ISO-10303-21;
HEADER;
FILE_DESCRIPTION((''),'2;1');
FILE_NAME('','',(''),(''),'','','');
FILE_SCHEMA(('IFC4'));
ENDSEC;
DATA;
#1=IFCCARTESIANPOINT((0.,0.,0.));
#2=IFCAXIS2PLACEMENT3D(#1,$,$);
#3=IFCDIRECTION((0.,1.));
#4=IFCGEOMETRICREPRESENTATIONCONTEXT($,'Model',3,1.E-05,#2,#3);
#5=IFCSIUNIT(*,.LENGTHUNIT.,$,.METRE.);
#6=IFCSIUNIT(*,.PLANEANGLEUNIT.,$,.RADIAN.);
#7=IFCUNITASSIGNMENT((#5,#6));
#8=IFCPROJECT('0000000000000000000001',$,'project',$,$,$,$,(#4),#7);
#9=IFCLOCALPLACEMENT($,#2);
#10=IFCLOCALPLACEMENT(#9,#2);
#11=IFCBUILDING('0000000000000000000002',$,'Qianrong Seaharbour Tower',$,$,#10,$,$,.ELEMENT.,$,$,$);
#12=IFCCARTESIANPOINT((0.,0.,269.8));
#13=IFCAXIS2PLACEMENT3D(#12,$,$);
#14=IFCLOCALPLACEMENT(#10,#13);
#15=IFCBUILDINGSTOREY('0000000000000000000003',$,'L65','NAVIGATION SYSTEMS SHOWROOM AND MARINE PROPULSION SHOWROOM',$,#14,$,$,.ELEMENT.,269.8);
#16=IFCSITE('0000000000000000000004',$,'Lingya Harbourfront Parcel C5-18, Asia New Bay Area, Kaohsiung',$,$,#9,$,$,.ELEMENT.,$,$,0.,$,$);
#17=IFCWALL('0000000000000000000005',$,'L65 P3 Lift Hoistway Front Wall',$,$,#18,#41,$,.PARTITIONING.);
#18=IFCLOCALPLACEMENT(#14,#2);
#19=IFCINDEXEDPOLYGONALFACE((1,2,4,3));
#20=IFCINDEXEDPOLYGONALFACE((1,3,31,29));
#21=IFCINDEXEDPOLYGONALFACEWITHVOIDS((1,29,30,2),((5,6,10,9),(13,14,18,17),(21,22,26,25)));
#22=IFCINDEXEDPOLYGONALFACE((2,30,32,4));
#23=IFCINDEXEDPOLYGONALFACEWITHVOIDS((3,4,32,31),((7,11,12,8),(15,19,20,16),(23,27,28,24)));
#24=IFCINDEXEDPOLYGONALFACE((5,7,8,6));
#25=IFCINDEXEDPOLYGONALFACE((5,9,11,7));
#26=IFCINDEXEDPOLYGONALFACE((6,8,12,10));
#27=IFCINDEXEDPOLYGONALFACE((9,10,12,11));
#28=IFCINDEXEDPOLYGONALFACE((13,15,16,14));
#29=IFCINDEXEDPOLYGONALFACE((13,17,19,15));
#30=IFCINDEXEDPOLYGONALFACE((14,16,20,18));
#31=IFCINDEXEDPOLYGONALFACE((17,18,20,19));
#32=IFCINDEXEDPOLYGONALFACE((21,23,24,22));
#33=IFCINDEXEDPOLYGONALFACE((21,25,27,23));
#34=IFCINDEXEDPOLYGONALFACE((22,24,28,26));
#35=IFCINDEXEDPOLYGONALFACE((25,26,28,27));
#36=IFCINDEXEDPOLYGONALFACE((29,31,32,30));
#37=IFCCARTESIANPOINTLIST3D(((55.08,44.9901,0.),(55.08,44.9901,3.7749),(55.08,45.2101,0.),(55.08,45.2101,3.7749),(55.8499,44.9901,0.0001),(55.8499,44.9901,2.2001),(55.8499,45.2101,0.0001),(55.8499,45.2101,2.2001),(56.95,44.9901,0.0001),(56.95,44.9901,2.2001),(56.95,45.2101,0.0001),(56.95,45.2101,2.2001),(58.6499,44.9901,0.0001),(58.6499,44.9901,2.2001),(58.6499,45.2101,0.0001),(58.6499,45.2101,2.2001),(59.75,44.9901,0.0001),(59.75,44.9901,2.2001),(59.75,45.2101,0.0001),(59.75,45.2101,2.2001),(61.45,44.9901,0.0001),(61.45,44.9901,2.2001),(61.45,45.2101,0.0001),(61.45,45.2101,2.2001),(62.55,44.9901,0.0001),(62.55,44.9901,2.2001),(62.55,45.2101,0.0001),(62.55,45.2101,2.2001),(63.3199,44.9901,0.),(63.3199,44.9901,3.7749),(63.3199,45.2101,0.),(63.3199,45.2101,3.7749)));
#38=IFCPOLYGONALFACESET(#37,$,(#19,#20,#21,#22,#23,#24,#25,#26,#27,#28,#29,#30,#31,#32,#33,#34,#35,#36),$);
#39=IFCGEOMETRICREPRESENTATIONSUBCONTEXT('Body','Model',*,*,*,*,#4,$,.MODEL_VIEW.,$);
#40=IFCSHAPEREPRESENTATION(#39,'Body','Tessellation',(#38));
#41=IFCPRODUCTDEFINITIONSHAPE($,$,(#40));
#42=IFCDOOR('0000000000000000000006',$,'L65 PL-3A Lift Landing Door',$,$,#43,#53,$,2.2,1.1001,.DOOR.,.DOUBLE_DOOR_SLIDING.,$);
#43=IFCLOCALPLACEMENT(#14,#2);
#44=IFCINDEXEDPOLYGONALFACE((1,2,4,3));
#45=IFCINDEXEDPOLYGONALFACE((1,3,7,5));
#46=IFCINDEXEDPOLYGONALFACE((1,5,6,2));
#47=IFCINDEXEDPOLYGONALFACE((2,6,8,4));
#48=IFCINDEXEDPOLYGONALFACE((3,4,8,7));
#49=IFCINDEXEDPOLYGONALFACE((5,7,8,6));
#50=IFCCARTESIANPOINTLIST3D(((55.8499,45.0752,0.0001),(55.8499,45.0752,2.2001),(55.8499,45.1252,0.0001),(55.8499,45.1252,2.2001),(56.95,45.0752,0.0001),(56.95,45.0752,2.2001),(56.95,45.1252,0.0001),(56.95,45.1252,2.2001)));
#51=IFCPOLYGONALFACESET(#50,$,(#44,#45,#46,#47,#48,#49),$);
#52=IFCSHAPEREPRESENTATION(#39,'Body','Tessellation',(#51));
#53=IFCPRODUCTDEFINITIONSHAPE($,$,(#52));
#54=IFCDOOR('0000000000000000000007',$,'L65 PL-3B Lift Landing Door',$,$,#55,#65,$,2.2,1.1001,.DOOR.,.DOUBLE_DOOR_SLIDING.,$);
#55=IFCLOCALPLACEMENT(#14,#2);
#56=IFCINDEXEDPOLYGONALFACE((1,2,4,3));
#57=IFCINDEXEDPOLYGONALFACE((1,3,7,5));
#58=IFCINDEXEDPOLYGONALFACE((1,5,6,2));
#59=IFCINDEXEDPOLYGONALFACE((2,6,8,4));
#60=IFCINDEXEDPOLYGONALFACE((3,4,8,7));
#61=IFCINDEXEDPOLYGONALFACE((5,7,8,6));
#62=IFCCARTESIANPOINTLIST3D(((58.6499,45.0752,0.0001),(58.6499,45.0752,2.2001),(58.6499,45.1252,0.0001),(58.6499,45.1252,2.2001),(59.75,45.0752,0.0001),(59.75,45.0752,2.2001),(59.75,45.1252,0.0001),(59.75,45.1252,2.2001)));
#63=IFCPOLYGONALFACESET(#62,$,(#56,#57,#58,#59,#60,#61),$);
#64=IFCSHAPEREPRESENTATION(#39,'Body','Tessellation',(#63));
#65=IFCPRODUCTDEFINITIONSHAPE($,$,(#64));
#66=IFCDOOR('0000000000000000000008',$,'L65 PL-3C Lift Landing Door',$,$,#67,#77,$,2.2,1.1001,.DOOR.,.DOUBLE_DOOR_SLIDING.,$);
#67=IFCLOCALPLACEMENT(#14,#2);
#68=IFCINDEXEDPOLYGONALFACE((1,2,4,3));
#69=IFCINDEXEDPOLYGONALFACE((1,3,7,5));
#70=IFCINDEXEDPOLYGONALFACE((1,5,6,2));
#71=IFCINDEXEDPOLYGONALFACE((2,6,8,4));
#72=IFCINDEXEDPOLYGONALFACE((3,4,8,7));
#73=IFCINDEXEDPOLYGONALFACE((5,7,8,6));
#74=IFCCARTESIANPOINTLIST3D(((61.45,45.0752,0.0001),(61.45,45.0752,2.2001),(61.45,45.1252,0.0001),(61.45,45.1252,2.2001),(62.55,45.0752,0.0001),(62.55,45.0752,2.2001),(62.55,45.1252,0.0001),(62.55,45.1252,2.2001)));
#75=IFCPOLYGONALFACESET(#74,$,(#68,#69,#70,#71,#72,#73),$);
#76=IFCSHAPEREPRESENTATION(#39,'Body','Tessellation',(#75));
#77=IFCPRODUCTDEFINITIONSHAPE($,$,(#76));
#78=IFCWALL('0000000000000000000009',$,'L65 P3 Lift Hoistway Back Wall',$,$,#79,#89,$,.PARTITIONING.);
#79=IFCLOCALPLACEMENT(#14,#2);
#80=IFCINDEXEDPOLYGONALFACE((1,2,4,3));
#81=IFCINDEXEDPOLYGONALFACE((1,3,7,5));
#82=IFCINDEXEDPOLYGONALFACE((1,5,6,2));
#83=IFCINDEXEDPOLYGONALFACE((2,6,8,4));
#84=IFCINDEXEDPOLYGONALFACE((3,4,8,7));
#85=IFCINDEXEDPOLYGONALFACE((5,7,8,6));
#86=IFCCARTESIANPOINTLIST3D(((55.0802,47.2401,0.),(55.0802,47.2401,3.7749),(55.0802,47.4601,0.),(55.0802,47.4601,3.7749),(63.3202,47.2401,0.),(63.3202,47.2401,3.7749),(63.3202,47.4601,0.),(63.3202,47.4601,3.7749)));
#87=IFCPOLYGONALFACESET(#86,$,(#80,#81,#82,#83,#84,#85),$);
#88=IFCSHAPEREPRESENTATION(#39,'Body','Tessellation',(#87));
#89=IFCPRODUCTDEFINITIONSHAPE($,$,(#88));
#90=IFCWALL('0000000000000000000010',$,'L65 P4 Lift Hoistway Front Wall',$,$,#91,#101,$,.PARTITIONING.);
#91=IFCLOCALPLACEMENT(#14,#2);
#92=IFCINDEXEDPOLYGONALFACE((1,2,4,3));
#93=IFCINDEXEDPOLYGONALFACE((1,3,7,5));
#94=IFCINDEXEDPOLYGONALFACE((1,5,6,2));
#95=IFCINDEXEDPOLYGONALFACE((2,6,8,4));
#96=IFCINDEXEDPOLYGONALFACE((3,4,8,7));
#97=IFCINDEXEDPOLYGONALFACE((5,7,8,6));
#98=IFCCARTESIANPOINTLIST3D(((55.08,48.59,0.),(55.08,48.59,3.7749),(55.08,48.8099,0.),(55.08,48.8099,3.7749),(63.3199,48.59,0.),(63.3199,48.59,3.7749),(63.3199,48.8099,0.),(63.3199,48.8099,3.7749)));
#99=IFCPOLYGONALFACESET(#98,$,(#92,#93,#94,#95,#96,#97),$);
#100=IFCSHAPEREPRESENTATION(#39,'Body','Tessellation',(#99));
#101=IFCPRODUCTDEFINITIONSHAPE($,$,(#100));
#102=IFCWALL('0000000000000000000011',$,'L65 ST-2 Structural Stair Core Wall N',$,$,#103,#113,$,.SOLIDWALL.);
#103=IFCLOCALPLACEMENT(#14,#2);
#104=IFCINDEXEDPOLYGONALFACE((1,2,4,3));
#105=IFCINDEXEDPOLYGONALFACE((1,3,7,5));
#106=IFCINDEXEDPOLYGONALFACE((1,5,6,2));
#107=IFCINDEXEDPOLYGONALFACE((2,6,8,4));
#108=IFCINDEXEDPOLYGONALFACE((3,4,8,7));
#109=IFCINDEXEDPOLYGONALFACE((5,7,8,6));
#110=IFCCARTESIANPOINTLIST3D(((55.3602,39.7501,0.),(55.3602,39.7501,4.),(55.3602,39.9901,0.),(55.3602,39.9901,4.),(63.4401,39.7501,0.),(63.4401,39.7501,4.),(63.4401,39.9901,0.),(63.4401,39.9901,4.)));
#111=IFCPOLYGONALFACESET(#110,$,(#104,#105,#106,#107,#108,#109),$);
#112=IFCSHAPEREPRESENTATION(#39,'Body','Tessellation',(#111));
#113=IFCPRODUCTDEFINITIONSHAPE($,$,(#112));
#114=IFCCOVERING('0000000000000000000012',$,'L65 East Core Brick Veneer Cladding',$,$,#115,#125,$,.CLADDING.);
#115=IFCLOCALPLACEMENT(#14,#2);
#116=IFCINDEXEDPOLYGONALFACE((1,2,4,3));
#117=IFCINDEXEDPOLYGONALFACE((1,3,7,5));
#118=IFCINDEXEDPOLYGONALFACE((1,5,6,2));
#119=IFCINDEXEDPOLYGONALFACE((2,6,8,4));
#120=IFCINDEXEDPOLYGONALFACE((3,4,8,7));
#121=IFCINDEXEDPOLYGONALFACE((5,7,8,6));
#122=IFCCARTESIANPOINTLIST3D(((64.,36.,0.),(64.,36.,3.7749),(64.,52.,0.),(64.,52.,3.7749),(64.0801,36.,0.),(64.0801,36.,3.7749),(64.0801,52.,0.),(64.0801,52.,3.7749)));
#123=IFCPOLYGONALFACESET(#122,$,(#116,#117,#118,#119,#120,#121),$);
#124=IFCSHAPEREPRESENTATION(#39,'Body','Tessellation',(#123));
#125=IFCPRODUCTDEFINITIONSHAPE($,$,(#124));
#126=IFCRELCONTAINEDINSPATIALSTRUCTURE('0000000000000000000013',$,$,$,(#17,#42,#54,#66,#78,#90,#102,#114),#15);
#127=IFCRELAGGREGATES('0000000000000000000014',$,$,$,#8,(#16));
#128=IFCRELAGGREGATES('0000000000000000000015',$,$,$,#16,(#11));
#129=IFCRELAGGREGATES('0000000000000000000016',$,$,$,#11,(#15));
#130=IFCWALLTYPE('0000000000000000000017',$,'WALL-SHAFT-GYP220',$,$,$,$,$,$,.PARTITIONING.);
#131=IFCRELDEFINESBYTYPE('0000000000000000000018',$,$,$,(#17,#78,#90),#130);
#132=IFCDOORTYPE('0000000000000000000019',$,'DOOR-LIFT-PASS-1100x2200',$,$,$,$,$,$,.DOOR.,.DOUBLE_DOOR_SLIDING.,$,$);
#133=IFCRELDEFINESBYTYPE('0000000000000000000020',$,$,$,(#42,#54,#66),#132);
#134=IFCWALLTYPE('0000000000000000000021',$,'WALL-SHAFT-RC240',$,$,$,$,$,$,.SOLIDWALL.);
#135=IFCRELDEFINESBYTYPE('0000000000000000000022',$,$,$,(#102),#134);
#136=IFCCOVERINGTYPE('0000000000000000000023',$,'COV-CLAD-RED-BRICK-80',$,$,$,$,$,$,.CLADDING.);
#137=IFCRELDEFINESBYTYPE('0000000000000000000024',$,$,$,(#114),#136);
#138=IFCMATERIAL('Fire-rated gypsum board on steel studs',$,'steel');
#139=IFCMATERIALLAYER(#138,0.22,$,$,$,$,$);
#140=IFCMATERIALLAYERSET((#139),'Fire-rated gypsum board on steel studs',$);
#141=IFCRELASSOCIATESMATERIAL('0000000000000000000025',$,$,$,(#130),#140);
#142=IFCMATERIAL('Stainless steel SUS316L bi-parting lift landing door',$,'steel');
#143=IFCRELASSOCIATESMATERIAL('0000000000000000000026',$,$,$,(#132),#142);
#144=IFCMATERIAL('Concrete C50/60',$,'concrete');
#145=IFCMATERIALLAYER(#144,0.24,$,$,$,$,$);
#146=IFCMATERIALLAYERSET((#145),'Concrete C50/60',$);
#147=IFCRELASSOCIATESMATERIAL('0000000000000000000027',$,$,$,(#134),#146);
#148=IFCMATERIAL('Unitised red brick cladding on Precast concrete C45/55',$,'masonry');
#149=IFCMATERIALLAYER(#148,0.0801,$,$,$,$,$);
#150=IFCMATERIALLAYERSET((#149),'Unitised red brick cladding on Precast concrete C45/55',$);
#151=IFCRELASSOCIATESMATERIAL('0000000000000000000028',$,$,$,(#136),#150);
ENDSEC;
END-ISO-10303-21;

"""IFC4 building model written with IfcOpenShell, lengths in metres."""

from ifc_helpers import new_model, si_unit, direction, frame, frame_2d, origin, origin_2d, place, context, subcontext, project, spatial, rectangle, extrude, material, layer, layer_set, type_object, element, fill, save


model = new_model("IFC4")

# Units and contexts
model_context = context("Model", 3, precision=1e-05, world=origin(), true_north=direction((0.0, 1.0)))
body_context = subcontext(model_context, "Body", "Model", "MODEL_VIEW")
ifc_project = project(units=[si_unit("LENGTHUNIT", "METRE"), si_unit("PLANEANGLEUNIT", "RADIAN")], contexts=[model_context])

# Site, building, storey
site_placement = place(None, origin())
site = spatial("IfcSite", under=ifc_project, at=site_placement, Name="Lingya Harbourfront Parcel C5-18, Asia New Bay Area, Kaohsiung", CompositionType="ELEMENT", RefElevation=0.0)
building_placement = place(site_placement, origin())
building = spatial("IfcBuilding", under=site, at=building_placement, Name="Qianrong Seaharbour Tower", CompositionType="ELEMENT")
storey_placement = place(building_placement, frame((0.0, 0.0, 269.8)))
storey = spatial("IfcBuildingStorey", under=building, at=storey_placement, Name="L65", Description="NAVIGATION SYSTEMS SHOWROOM AND MARINE PROPULSION SHOWROOM", CompositionType="ELEMENT", Elevation=269.8)

# Shared definitions
ifc_material_1 = material(Name="Fire-rated gypsum board on steel studs", Category="steel")

# Wall, openings, doors
ifc_layer_1 = layer(ifc_material_1, 0.22)
ifc_layer_set_1 = layer_set([ifc_layer_1], Name="Fire-rated gypsum board on steel studs")
wall_type_1 = type_object("IfcWallType", Name="WALL-SHAFT-GYP220", PredefinedType="PARTITIONING", material=ifc_layer_set_1)
wall_1_placement = place(storey_placement, frame((63.3201, 45.1001, 0.0), z_axis=(0.0, 0.0, 1.0), x_axis=(-1.0, 0.0, 0.0)))
wall_1 = element("IfcWall", 1, at=wall_1_placement, inside=storey, type_object=wall_type_1, Name="L65 P3 Lift Hoistway Front Wall", PredefinedType="PARTITIONING", context=body_context, shape_type="SweptSolid", body=[
    extrude(rectangle(XDim=8.24, YDim=0.22, at=frame_2d((4.1201, 0.0))), origin(), (0.0, 0.0, 1.0), 3.7749),
])
opening_1_placement = place(wall_1_placement, frame((6.3701, 0.0, 0.0)))
opening_1 = element("IfcOpeningElement", 2, at=opening_1_placement, cuts=wall_1, PredefinedType="OPENING", context=body_context, shape_type="SweptSolid", body=[
    extrude(rectangle(XDim=1.1001, YDim=2.2, at=frame_2d((0.55, 1.1001))), frame((0.0, 0.1201, 0.0), z_axis=(0.0, -1.0, 0.0), x_axis=(1.0, 0.0, 0.0)), (0.0, 0.0, 1.0), 0.24),
])
opening_2_placement = place(wall_1_placement, frame((3.5701, 0.0, 0.0)))
opening_2 = element("IfcOpeningElement", 3, at=opening_2_placement, cuts=wall_1, PredefinedType="OPENING", context=body_context, shape_type="SweptSolid", body=[
    extrude(rectangle(XDim=1.1001, YDim=2.2, at=frame_2d((0.55, 1.1001))), frame((0.0, 0.1201, 0.0), z_axis=(0.0, -1.0, 0.0), x_axis=(1.0, 0.0, 0.0)), (0.0, 0.0, 1.0), 0.24),
])
opening_3_placement = place(wall_1_placement, frame((0.77, 0.0, 0.0)))
opening_3 = element("IfcOpeningElement", 4, at=opening_3_placement, cuts=wall_1, PredefinedType="OPENING", context=body_context, shape_type="SweptSolid", body=[
    extrude(rectangle(XDim=1.1001, YDim=2.2, at=frame_2d((0.55, 1.1001))), frame((0.0, 0.1201, 0.0), z_axis=(0.0, -1.0, 0.0), x_axis=(1.0, 0.0, 0.0)), (0.0, 0.0, 1.0), 0.24),
])
ifc_material_2 = material(Name="Stainless steel SUS316L bi-parting lift landing door", Category="steel")
door_type_1 = type_object("IfcDoorType", Name="DOOR-LIFT-PASS-1100x2200", OperationType="DOUBLE_DOOR_SLIDING", PredefinedType="DOOR", material=ifc_material_2)
door_1_placement = place(opening_1_placement, origin())
door_1 = element("IfcDoor", 5, at=door_1_placement, inside=storey, type_object=door_type_1, Name="L65 PL-3A Lift Landing Door", OperationType="DOUBLE_DOOR_SLIDING", OverallHeight=2.2, OverallWidth=1.1001, PredefinedType="DOOR", context=body_context, shape_type="SweptSolid", body=[
    extrude(rectangle(XDim=1.1001, YDim=2.2, at=frame_2d((0.55, 1.1001))), frame((0.0, 0.0249, 0.0), z_axis=(0.0, -1.0, 0.0), x_axis=(1.0, 0.0, 0.0)), (0.0, 0.0, 1.0), 0.05),
])
fill(opening_1, door_1)
door_2_placement = place(opening_2_placement, origin())
door_2 = element("IfcDoor", 6, at=door_2_placement, inside=storey, type_object=door_type_1, Name="L65 PL-3B Lift Landing Door", OperationType="DOUBLE_DOOR_SLIDING", OverallHeight=2.2, OverallWidth=1.1001, PredefinedType="DOOR", context=body_context, shape_type="SweptSolid", body=[
    extrude(rectangle(XDim=1.1001, YDim=2.2, at=frame_2d((0.55, 1.1001))), frame((0.0, 0.0249, 0.0), z_axis=(0.0, -1.0, 0.0), x_axis=(1.0, 0.0, 0.0)), (0.0, 0.0, 1.0), 0.05),
])
fill(opening_2, door_2)
door_3_placement = place(opening_3_placement, origin())
door_3 = element("IfcDoor", 7, at=door_3_placement, inside=storey, type_object=door_type_1, Name="L65 PL-3C Lift Landing Door", OperationType="DOUBLE_DOOR_SLIDING", OverallHeight=2.2, OverallWidth=1.1001, PredefinedType="DOOR", context=body_context, shape_type="SweptSolid", body=[
    extrude(rectangle(XDim=1.1001, YDim=2.2, at=frame_2d((0.55, 1.1001))), frame((0.0, 0.0249, 0.0), z_axis=(0.0, -1.0, 0.0), x_axis=(1.0, 0.0, 0.0)), (0.0, 0.0, 1.0), 0.05),
])
fill(opening_3, door_3)

# Walls
for number, where, z_axis, x_axis, name in (
    (8, (55.0801, 47.3501, 0.0), (0.0, 0.0, 1.0), (1.0, 0.0, 0.0), "L65 P3 Lift Hoistway Back Wall"),
    (9, (63.3201, 48.7, 0.0), (0.0, 0.0, 1.0), (-1.0, 0.0, 0.0), "L65 P4 Lift Hoistway Front Wall"),
):
    element("IfcWall", number, at=place(storey_placement, frame(where, z_axis=z_axis, x_axis=x_axis)), inside=storey, type_object=wall_type_1, Name=name, PredefinedType="PARTITIONING", context=body_context, shape_type="SweptSolid", body=[
        extrude(rectangle(XDim=8.24, YDim=0.22, at=frame_2d((4.1201, 0.0))), origin(), (0.0, 0.0, 1.0), 3.7749),
    ])
ifc_material_3 = material(Name="Concrete C50/60", Category="concrete")
ifc_layer_2 = layer(ifc_material_3, 0.24)
ifc_layer_set_2 = layer_set([ifc_layer_2], Name="Concrete C50/60")
wall_type_2 = type_object("IfcWallType", Name="WALL-SHAFT-RC240", PredefinedType="SOLIDWALL", material=ifc_layer_set_2)
wall_2_placement = place(storey_placement, frame((55.3601, 39.8701, 0.0), z_axis=(0.0, 0.0, 1.0), x_axis=(1.0, 0.0, 0.0)))
element("IfcWall", 10, at=wall_2_placement, inside=storey, type_object=wall_type_2, Name="L65 ST-2 Structural Stair Core Wall N", PredefinedType="SOLIDWALL", context=body_context, shape_type="SweptSolid", body=[
    extrude(rectangle(XDim=8.0798, YDim=0.24, at=frame_2d((4.04, 0.0))), origin(), (0.0, 0.0, 1.0), 4.0),
])

# Covering
ifc_material_4 = material(Name="Unitised red brick cladding on Precast concrete C45/55", Category="masonry")
ifc_layer_3 = layer(ifc_material_4, 0.0801)
ifc_layer_set_3 = layer_set([ifc_layer_3], Name="Unitised red brick cladding on Precast concrete C45/55")
covering_type = type_object("IfcCoveringType", Name="COV-CLAD-RED-BRICK-80", PredefinedType="CLADDING", material=ifc_layer_set_3)
covering_placement = place(storey_placement, frame((64.04, 44.0, 0.0), z_axis=(0.0, 0.0, 1.0), x_axis=(1.0, 0.0, 0.0)))
element("IfcCovering", 11, at=covering_placement, inside=storey, type_object=covering_type, Name="L65 East Core Brick Veneer Cladding", PredefinedType="CLADDING", context=body_context, shape_type="SweptSolid", body=[
    extrude(rectangle(XDim=0.0801, YDim=16.0, at=origin_2d()), origin(), (0.0, 0.0, 1.0), 3.7749),
])

save(model, "model.ifc")
